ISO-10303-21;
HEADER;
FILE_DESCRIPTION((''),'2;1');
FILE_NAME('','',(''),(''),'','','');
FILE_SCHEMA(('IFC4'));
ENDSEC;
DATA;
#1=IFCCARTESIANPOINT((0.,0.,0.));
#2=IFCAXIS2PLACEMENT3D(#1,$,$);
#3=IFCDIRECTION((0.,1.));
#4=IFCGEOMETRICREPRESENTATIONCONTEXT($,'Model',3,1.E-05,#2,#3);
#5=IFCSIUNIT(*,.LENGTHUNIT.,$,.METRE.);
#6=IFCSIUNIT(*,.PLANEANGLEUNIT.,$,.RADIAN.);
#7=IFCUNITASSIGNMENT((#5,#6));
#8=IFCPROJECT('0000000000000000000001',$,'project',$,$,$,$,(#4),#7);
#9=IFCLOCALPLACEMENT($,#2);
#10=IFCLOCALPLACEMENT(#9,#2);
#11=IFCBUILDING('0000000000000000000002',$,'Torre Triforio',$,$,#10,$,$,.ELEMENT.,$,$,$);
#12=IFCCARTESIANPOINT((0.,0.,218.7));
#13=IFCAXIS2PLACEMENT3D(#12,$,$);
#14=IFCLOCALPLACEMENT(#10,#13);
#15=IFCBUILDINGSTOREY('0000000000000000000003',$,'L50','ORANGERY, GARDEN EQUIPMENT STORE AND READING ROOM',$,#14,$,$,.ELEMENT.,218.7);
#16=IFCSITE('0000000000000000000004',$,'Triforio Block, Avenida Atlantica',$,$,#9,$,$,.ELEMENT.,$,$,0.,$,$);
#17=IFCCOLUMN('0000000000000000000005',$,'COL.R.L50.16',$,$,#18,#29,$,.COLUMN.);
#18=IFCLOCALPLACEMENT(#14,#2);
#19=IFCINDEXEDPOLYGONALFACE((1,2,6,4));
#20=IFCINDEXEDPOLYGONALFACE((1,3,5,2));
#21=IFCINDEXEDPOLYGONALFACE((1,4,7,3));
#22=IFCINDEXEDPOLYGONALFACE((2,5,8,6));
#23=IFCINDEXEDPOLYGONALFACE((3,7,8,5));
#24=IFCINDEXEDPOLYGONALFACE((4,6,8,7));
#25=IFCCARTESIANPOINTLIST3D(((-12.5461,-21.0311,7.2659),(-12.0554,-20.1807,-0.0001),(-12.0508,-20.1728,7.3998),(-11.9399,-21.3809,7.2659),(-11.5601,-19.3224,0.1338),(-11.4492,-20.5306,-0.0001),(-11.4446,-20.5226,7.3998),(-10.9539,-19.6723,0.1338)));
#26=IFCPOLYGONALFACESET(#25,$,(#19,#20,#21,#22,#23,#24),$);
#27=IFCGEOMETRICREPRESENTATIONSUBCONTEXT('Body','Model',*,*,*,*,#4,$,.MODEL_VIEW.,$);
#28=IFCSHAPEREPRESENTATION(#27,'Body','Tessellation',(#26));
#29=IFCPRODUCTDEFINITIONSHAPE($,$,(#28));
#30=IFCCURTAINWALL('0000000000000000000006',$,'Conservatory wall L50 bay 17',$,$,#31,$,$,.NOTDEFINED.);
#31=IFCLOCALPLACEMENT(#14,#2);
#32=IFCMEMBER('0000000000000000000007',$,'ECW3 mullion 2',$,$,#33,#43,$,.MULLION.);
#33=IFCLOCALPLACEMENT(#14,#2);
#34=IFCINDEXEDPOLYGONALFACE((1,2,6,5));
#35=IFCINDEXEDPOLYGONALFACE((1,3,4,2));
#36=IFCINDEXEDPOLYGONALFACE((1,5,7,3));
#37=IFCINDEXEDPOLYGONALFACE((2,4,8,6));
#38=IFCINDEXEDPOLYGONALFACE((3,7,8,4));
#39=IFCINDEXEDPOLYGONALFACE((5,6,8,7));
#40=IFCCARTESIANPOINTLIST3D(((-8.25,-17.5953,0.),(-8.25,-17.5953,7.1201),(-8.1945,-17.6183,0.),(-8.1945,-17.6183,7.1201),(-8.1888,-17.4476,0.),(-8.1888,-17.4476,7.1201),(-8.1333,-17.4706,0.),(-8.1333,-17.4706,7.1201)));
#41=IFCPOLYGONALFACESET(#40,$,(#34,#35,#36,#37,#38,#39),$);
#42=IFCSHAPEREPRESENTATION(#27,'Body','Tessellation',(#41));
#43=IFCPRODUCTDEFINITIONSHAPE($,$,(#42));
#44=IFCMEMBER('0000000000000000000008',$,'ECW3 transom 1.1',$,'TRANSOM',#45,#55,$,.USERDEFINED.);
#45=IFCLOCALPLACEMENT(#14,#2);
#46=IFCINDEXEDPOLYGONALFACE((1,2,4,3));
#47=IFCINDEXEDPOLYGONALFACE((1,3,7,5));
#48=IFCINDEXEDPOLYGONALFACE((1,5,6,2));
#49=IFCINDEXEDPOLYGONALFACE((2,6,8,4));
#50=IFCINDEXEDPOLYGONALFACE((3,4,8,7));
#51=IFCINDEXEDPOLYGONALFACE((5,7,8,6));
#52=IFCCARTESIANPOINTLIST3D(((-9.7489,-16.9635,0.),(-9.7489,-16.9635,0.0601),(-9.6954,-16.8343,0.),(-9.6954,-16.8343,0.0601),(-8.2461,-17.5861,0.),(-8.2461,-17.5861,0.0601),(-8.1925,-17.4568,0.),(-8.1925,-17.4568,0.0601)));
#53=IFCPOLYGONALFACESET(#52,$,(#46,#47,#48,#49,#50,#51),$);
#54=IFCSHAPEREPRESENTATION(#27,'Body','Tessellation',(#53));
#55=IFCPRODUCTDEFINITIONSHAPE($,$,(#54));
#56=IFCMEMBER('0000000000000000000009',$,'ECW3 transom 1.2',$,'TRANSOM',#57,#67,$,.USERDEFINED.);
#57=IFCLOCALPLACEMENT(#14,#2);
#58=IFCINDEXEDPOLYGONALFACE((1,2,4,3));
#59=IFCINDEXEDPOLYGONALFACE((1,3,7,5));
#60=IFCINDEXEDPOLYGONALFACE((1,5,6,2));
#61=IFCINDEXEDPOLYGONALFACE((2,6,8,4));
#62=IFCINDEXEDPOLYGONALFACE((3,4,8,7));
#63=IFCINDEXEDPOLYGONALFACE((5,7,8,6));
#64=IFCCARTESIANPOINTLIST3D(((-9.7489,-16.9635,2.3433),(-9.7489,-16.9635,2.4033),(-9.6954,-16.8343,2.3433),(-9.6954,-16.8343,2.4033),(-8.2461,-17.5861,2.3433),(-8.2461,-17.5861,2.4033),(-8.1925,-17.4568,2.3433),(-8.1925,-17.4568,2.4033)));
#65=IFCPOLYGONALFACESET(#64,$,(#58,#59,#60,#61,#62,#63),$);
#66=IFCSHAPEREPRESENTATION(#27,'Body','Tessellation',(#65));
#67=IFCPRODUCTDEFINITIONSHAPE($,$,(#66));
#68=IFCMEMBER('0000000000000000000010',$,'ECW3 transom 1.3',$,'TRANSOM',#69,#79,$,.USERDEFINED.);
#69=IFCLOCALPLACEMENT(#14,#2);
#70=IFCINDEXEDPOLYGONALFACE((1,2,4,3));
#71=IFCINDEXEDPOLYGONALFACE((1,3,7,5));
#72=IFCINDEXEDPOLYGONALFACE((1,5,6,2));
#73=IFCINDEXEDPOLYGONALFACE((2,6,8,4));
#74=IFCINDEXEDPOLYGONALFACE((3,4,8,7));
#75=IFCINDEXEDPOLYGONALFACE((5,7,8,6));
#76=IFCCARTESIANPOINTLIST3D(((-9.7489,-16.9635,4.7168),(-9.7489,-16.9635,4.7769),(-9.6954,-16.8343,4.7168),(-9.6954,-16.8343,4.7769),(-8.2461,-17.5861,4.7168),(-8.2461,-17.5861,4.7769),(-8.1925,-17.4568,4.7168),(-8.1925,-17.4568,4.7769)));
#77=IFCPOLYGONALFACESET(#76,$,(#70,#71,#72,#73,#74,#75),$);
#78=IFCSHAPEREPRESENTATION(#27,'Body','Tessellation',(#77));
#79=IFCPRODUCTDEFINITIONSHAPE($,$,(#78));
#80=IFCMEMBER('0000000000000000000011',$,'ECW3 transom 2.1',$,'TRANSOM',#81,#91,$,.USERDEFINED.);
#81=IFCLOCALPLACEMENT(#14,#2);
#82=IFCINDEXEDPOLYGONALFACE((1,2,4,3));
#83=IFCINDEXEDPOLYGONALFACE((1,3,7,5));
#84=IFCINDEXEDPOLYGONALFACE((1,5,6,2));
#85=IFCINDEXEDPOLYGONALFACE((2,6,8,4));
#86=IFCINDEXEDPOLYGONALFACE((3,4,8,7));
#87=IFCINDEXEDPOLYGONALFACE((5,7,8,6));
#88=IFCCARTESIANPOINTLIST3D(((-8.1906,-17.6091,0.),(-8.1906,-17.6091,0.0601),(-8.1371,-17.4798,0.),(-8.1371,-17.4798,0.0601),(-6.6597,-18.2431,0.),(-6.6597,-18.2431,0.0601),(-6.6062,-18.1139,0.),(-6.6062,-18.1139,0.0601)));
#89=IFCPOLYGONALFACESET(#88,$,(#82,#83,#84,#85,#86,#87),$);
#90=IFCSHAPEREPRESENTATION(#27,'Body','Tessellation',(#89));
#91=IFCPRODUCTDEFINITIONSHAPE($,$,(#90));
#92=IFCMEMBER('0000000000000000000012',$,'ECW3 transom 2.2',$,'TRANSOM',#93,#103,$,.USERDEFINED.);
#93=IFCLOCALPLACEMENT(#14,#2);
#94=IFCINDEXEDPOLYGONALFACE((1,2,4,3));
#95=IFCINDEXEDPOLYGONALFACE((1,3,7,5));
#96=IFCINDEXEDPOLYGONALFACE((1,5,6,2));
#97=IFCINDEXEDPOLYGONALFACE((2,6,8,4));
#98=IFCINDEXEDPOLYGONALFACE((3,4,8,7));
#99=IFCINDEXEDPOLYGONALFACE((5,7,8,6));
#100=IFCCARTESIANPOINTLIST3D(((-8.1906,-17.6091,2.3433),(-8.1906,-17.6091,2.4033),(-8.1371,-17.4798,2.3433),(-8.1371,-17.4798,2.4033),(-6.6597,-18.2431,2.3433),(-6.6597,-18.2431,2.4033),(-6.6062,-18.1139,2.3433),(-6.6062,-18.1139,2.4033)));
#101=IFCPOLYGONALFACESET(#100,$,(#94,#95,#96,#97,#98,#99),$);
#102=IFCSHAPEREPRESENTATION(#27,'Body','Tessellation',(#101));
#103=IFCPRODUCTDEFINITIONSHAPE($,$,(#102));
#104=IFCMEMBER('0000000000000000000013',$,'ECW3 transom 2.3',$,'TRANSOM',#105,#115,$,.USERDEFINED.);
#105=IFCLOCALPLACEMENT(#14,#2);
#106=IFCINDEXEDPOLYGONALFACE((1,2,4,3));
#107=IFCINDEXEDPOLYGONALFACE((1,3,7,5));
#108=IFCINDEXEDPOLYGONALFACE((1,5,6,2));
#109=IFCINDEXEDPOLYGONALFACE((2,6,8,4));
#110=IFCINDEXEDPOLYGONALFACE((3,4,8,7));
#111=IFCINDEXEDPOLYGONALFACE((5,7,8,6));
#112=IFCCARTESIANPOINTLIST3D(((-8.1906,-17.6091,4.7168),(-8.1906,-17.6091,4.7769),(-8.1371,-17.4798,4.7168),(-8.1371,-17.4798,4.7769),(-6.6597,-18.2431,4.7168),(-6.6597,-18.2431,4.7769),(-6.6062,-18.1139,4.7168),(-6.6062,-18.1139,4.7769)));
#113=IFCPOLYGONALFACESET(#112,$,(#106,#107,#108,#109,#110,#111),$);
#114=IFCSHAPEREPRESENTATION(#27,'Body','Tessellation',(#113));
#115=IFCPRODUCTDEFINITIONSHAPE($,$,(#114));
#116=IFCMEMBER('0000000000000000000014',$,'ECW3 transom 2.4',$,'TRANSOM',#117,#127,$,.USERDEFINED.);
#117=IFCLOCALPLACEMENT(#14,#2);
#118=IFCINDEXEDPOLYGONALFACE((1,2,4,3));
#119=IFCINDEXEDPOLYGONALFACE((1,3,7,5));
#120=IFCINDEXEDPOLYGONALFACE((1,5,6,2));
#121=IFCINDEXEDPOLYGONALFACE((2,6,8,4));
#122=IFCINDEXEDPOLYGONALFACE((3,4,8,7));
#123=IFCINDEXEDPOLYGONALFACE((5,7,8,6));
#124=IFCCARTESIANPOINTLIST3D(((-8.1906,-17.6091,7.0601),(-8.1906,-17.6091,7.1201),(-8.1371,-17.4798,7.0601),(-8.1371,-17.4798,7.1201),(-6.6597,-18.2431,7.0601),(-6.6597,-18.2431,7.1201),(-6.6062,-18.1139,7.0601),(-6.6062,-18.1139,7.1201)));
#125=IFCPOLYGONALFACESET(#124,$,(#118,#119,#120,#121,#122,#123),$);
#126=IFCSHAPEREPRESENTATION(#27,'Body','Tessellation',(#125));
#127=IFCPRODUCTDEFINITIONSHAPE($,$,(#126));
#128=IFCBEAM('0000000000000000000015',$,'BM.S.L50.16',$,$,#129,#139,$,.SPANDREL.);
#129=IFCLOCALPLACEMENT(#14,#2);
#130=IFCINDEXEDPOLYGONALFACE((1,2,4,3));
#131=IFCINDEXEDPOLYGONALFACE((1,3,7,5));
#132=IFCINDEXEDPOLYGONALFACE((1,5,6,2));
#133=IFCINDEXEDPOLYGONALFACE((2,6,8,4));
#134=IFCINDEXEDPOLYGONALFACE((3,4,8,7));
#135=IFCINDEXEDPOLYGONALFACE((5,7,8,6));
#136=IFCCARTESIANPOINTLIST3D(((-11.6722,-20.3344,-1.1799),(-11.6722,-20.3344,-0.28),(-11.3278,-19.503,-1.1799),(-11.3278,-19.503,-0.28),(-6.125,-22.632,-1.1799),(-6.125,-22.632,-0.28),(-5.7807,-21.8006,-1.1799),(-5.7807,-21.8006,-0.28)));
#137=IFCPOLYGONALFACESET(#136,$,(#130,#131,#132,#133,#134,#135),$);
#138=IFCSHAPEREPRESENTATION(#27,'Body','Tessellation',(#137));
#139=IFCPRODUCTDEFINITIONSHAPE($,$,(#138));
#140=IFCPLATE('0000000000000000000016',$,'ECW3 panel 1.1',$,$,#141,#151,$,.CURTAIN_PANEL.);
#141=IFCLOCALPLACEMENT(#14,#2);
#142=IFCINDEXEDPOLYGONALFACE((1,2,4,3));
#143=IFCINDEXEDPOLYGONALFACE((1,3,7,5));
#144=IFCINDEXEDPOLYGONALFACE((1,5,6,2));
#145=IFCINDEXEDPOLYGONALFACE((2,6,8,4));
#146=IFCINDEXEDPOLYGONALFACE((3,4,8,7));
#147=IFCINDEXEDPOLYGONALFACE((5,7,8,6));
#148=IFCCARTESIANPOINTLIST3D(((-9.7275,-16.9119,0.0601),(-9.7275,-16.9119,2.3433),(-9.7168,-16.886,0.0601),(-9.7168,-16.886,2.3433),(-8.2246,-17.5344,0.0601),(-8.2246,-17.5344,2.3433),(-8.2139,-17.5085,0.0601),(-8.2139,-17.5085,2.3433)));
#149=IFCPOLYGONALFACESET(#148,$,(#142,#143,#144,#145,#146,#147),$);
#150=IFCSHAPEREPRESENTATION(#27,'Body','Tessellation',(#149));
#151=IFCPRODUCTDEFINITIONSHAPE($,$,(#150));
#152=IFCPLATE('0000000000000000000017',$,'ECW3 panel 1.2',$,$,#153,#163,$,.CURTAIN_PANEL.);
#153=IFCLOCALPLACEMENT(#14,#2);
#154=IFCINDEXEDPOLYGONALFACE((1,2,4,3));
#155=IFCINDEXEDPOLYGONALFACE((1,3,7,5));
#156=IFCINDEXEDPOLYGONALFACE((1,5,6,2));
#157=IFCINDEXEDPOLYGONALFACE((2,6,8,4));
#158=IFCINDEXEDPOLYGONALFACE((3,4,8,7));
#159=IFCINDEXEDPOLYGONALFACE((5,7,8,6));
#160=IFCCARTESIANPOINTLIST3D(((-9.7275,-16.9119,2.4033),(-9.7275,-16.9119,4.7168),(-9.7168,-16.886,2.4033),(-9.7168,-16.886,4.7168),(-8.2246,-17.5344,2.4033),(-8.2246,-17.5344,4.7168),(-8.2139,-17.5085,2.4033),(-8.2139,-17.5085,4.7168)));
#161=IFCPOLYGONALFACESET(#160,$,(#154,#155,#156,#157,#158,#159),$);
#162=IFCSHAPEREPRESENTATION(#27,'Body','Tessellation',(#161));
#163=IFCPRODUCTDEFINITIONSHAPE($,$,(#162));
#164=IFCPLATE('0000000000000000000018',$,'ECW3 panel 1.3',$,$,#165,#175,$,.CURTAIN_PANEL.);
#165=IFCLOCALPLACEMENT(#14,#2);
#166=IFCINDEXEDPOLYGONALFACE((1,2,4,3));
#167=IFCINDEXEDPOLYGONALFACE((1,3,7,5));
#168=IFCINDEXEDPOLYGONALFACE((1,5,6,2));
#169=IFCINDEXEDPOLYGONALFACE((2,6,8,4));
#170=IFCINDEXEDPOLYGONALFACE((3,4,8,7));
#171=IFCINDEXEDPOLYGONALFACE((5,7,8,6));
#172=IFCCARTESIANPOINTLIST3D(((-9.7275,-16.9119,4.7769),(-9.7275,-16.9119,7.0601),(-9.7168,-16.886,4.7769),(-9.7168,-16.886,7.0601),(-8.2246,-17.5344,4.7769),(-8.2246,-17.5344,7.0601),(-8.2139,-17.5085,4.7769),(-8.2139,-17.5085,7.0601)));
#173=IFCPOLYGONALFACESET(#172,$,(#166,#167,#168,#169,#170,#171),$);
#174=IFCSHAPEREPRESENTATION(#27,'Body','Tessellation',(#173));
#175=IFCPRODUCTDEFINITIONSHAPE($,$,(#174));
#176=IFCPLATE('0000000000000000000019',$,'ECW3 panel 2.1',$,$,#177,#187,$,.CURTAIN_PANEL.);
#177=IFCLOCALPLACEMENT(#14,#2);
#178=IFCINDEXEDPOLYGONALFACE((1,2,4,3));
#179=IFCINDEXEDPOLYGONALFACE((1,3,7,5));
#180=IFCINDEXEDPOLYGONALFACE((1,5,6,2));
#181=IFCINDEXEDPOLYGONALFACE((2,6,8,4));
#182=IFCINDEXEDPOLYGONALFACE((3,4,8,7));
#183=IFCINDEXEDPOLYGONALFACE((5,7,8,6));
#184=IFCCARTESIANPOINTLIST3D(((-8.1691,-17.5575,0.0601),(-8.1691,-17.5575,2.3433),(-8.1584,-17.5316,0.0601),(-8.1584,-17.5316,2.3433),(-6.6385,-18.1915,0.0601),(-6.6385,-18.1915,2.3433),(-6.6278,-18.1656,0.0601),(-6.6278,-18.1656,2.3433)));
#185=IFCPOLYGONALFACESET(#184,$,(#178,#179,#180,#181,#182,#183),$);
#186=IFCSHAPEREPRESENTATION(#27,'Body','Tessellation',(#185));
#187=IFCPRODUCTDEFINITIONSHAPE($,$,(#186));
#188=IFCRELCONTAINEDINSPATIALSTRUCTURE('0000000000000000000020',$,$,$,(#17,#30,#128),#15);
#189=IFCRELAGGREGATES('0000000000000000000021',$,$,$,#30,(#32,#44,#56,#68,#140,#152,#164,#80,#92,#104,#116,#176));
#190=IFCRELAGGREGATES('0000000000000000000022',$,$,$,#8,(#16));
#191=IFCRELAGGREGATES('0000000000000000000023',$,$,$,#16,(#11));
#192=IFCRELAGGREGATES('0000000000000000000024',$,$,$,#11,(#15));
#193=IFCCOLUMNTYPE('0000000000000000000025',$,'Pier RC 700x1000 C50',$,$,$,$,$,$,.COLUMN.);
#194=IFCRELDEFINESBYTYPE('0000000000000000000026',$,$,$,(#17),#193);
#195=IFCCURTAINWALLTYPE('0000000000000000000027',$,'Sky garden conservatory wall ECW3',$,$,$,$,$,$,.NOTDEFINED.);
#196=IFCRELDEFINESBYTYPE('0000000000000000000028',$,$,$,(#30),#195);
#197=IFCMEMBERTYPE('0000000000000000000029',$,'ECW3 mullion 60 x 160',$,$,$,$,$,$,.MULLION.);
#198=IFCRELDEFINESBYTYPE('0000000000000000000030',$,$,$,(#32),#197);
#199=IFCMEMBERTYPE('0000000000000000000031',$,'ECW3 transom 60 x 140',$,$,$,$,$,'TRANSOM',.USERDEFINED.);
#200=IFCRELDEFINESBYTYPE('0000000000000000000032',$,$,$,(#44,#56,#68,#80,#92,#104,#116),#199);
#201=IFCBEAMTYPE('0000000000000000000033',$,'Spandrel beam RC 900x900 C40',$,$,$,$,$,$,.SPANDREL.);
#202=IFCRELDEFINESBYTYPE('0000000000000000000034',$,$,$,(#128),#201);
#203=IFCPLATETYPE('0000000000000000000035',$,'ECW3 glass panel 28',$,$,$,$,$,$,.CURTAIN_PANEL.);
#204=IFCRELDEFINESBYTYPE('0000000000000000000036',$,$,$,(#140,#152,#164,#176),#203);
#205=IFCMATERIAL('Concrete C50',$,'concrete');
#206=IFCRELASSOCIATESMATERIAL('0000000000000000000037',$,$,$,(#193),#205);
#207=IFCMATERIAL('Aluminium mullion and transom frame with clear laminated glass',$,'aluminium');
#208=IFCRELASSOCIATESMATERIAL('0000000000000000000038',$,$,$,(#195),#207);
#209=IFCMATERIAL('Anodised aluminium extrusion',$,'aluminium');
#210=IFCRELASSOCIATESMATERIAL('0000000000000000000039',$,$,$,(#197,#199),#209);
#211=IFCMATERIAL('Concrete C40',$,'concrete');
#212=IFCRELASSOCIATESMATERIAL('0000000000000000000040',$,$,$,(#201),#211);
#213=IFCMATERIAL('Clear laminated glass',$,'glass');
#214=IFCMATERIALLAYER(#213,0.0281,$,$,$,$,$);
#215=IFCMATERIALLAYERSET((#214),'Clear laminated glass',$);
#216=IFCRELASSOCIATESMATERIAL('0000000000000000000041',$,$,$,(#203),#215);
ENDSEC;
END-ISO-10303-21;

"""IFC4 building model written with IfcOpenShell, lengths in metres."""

from ifc_helpers import new_model, si_unit, direction, frame, origin, origin_2d, place, context, subcontext, project, spatial, rectangle, extrude, material, layer, layer_set, material_profile, profile_set, type_object, element, aggregate, save


model = new_model("IFC4")

# Units and contexts
model_context = context("Model", 3, precision=1e-05, world=origin(), true_north=direction((0.0, 1.0)))
body_context = subcontext(model_context, "Body", "Model", "MODEL_VIEW")
ifc_project = project(units=[si_unit("LENGTHUNIT", "METRE"), si_unit("PLANEANGLEUNIT", "RADIAN")], contexts=[model_context])

# Site, building, storey
site_placement = place(None, origin())
site = spatial("IfcSite", under=ifc_project, at=site_placement, Name="Triforio Block, Avenida Atlantica", CompositionType="ELEMENT", RefElevation=0.0)
building_placement = place(site_placement, origin())
building = spatial("IfcBuilding", under=site, at=building_placement, Name="Torre Triforio", CompositionType="ELEMENT")
storey_placement = place(building_placement, frame((0.0, 0.0, 218.7)))
storey = spatial("IfcBuildingStorey", under=building, at=storey_placement, Name="L50", Description="ORANGERY, GARDEN EQUIPMENT STORE AND READING ROOM", CompositionType="ELEMENT", Elevation=218.7)

# Column
ifc_material_1 = material(Name="Concrete C50", Category="concrete")
ifc_material_profile_1 = material_profile(ifc_material_1, rectangle(XDim=0.7, YDim=1.0, at=origin_2d()), Name="RC 700x1000")
ifc_profile_set_1 = profile_set([ifc_material_profile_1], Name="Concrete C50")
column_type = type_object("IfcColumnType", Name="Pier RC 700x1000 C50", PredefinedType="COLUMN", material=ifc_profile_set_1)
column_placement = place(storey_placement, frame((-11.5046, -19.9265, 0.0669), z_axis=(-0.066928, -0.115975, 0.990995), x_axis=(0.866123, -0.49983, 0.0)))
element("IfcColumn", 1, at=column_placement, inside=storey, type_object=column_type, Name="COL.R.L50.16", PredefinedType="COLUMN", context=body_context, shape_type="SweptSolid", body=[
    extrude(rectangle(XDim=0.7, YDim=1.0, at=origin_2d()), origin(), (0.0, 0.0, 1.0), 7.332),
])

# Curtain wall, members
ifc_material_2 = material(Name="Aluminium mullion and transom frame with clear laminated glass", Category="aluminium")
curtain_wall_type = type_object("IfcCurtainWallType", Name="Sky garden conservatory wall ECW3", PredefinedType="NOTDEFINED", material=ifc_material_2)
curtain_wall_placement = place(storey_placement, origin())
curtain_wall = element("IfcCurtainWall", 2, at=curtain_wall_placement, inside=storey, type_object=curtain_wall_type, Name="Conservatory wall L50 bay 17", PredefinedType="NOTDEFINED")
ifc_material_3 = material(Name="Anodised aluminium extrusion", Category="aluminium")
ifc_material_profile_2 = material_profile(ifc_material_3, rectangle(XDim=0.1599, YDim=0.0601, at=origin_2d()), Name="ECW3 MULLION 60x160")
ifc_profile_set_2 = profile_set([ifc_material_profile_2], Name="Anodised aluminium extrusion")
member_type_1 = type_object("IfcMemberType", Name="ECW3 mullion 60 x 160", PredefinedType="MULLION", material=ifc_profile_set_2)
member_1_placement = place(storey_placement, frame((-8.1917, -17.533, 0.0), z_axis=(0.0, 0.0, 1.0), x_axis=(0.382684, 0.923879, 0.0)))
member_1 = element("IfcMember", 3, at=member_1_placement, type_object=member_type_1, Name="ECW3 mullion 2", PredefinedType="MULLION", context=body_context, shape_type="SweptSolid", body=[
    extrude(rectangle(XDim=0.1599, YDim=0.0601, at=origin_2d()), origin(), (0.0, 0.0, 1.0), 7.1201),
])
ifc_material_profile_3 = material_profile(ifc_material_3, rectangle(XDim=0.1399, YDim=0.0601, at=origin_2d()), Name="ECW3 TRANSOM 60x140")
ifc_profile_set_3 = profile_set([ifc_material_profile_3], Name="Anodised aluminium extrusion")
member_type_2 = type_object("IfcMemberType", Name="ECW3 transom 60 x 140", ElementType="TRANSOM", PredefinedType="USERDEFINED", material=ifc_profile_set_3)
member_2_placement = place(storey_placement, frame((-9.7222, -16.8989, 0.03), z_axis=(0.923874, -0.382696, 0.0), x_axis=(0.382696, 0.923874, 0.0)))
member_2 = element("IfcMember", 4, at=member_2_placement, type_object=member_type_2, Name="ECW3 transom 1.1", ObjectType="TRANSOM", PredefinedType="USERDEFINED", context=body_context, shape_type="SweptSolid", body=[
    extrude(rectangle(XDim=0.1399, YDim=0.0601, at=origin_2d()), origin(), (0.0, 0.0, 1.0), 1.6267),
])
member_3_placement = place(storey_placement, frame((-9.7222, -16.8989, 2.3733), z_axis=(0.923874, -0.382696, 0.0), x_axis=(0.382696, 0.923874, 0.0)))
member_3 = element("IfcMember", 5, at=member_3_placement, type_object=member_type_2, Name="ECW3 transom 1.2", ObjectType="TRANSOM", PredefinedType="USERDEFINED", context=body_context, shape_type="SweptSolid", body=[
    extrude(rectangle(XDim=0.1399, YDim=0.0601, at=origin_2d()), origin(), (0.0, 0.0, 1.0), 1.6267),
])
member_4_placement = place(storey_placement, frame((-9.7222, -16.8989, 4.7468), z_axis=(0.923874, -0.382696, 0.0), x_axis=(0.382696, 0.923874, 0.0)))
member_4 = element("IfcMember", 6, at=member_4_placement, type_object=member_type_2, Name="ECW3 transom 1.3", ObjectType="TRANSOM", PredefinedType="USERDEFINED", context=body_context, shape_type="SweptSolid", body=[
    extrude(rectangle(XDim=0.1399, YDim=0.0601, at=origin_2d()), origin(), (0.0, 0.0, 1.0), 1.6267),
])
member_5_placement = place(storey_placement, frame((-8.1638, -17.5444, 0.03), z_axis=(0.923886, -0.382668, 0.0), x_axis=(0.382668, 0.923886, 0.0)))
member_5 = element("IfcMember", 7, at=member_5_placement, type_object=member_type_2, Name="ECW3 transom 2.1", ObjectType="TRANSOM", PredefinedType="USERDEFINED", context=body_context, shape_type="SweptSolid", body=[
    extrude(rectangle(XDim=0.1399, YDim=0.0601, at=origin_2d()), origin(), (0.0, 0.0, 1.0), 1.657),
])
member_6_placement = place(storey_placement, frame((-8.1638, -17.5444, 2.3733), z_axis=(0.923886, -0.382668, 0.0), x_axis=(0.382668, 0.923886, 0.0)))
member_6 = element("IfcMember", 8, at=member_6_placement, type_object=member_type_2, Name="ECW3 transom 2.2", ObjectType="TRANSOM", PredefinedType="USERDEFINED", context=body_context, shape_type="SweptSolid", body=[
    extrude(rectangle(XDim=0.1399, YDim=0.0601, at=origin_2d()), origin(), (0.0, 0.0, 1.0), 1.657),
])
member_7_placement = place(storey_placement, frame((-8.1638, -17.5444, 4.7468), z_axis=(0.923886, -0.382668, 0.0), x_axis=(0.382668, 0.923886, 0.0)))
member_7 = element("IfcMember", 9, at=member_7_placement, type_object=member_type_2, Name="ECW3 transom 2.3", ObjectType="TRANSOM", PredefinedType="USERDEFINED", context=body_context, shape_type="SweptSolid", body=[
    extrude(rectangle(XDim=0.1399, YDim=0.0601, at=origin_2d()), origin(), (0.0, 0.0, 1.0), 1.657),
])
member_8_placement = place(storey_placement, frame((-8.1638, -17.5444, 7.0901), z_axis=(0.923886, -0.382668, 0.0), x_axis=(0.382668, 0.923886, 0.0)))
member_8 = element("IfcMember", 10, at=member_8_placement, type_object=member_type_2, Name="ECW3 transom 2.4", ObjectType="TRANSOM", PredefinedType="USERDEFINED", context=body_context, shape_type="SweptSolid", body=[
    extrude(rectangle(XDim=0.1399, YDim=0.0601, at=origin_2d()), origin(), (0.0, 0.0, 1.0), 1.657),
])

# Beam
ifc_material_4 = material(Name="Concrete C40", Category="concrete")
ifc_material_profile_4 = material_profile(ifc_material_4, rectangle(XDim=0.8999, YDim=0.8999, at=origin_2d()), Name="RC 900x900")
ifc_profile_set_4 = profile_set([ifc_material_profile_4], Name="Concrete C40")
beam_type = type_object("IfcBeamType", Name="Spandrel beam RC 900x900 C40", PredefinedType="SPANDREL", material=ifc_profile_set_4)
beam_placement = place(storey_placement, frame((-11.5, -19.9187, -0.73), z_axis=(0.923885, -0.382671, 0.0), x_axis=(0.382671, 0.923885, 0.0)))
element("IfcBeam", 11, at=beam_placement, inside=storey, type_object=beam_type, Name="BM.S.L50.16", PredefinedType="SPANDREL", context=body_context, shape_type="SweptSolid", body=[
    extrude(rectangle(XDim=0.8999, YDim=0.8999, at=origin_2d()), origin(), (0.0, 0.0, 1.0), 6.0042),
])

# Plates
ifc_material_5 = material(Name="Clear laminated glass", Category="glass")
ifc_layer_1 = layer(ifc_material_5, 0.0281)
ifc_layer_set_1 = layer_set([ifc_layer_1], Name="Clear laminated glass")
plate_type = type_object("IfcPlateType", Name="ECW3 glass panel 28", PredefinedType="CURTAIN_PANEL", material=ifc_layer_set_1)
plate_1_placement = place(storey_placement, frame((-8.9707, -17.2102, 0.0601), z_axis=(0.0, 0.0, 1.0), x_axis=(0.923879, -0.382684, 0.0)))
plate_1 = element("IfcPlate", 12, at=plate_1_placement, type_object=plate_type, Name="ECW3 panel 1.1", PredefinedType="CURTAIN_PANEL", context=body_context, shape_type="SweptSolid", body=[
    extrude(rectangle(XDim=1.6267, YDim=0.0281, at=origin_2d()), origin(), (0.0, 0.0, 1.0), 2.2832),
])
plate_2_placement = place(storey_placement, frame((-8.9707, -17.2102, 2.4033), z_axis=(0.0, 0.0, 1.0), x_axis=(0.923879, -0.382684, 0.0)))
plate_2 = element("IfcPlate", 13, at=plate_2_placement, type_object=plate_type, Name="ECW3 panel 1.2", PredefinedType="CURTAIN_PANEL", context=body_context, shape_type="SweptSolid", body=[
    extrude(rectangle(XDim=1.6267, YDim=0.0281, at=origin_2d()), origin(), (0.0, 0.0, 1.0), 2.3135),
])
plate_3_placement = place(storey_placement, frame((-8.9707, -17.2102, 4.7769), z_axis=(0.0, 0.0, 1.0), x_axis=(0.923879, -0.382684, 0.0)))
plate_3 = element("IfcPlate", 14, at=plate_3_placement, type_object=plate_type, Name="ECW3 panel 1.3", PredefinedType="CURTAIN_PANEL", context=body_context, shape_type="SweptSolid", body=[
    extrude(rectangle(XDim=1.6267, YDim=0.0281, at=origin_2d()), origin(), (0.0, 0.0, 1.0), 2.2832),
])
plate_4_placement = place(storey_placement, frame((-7.3984, -17.8616, 0.0601), z_axis=(0.0, 0.0, 1.0), x_axis=(0.923879, -0.382684, 0.0)))
plate_4 = element("IfcPlate", 15, at=plate_4_placement, type_object=plate_type, Name="ECW3 panel 2.1", PredefinedType="CURTAIN_PANEL", context=body_context, shape_type="SweptSolid", body=[
    extrude(rectangle(XDim=1.6567, YDim=0.0281, at=origin_2d()), origin(), (0.0, 0.0, 1.0), 2.2832),
])
aggregate(curtain_wall, [member_1, member_2, member_3, member_4, plate_1, plate_2, plate_3, member_5, member_6, member_7, member_8, plate_4])

save(model, "model.ifc")
